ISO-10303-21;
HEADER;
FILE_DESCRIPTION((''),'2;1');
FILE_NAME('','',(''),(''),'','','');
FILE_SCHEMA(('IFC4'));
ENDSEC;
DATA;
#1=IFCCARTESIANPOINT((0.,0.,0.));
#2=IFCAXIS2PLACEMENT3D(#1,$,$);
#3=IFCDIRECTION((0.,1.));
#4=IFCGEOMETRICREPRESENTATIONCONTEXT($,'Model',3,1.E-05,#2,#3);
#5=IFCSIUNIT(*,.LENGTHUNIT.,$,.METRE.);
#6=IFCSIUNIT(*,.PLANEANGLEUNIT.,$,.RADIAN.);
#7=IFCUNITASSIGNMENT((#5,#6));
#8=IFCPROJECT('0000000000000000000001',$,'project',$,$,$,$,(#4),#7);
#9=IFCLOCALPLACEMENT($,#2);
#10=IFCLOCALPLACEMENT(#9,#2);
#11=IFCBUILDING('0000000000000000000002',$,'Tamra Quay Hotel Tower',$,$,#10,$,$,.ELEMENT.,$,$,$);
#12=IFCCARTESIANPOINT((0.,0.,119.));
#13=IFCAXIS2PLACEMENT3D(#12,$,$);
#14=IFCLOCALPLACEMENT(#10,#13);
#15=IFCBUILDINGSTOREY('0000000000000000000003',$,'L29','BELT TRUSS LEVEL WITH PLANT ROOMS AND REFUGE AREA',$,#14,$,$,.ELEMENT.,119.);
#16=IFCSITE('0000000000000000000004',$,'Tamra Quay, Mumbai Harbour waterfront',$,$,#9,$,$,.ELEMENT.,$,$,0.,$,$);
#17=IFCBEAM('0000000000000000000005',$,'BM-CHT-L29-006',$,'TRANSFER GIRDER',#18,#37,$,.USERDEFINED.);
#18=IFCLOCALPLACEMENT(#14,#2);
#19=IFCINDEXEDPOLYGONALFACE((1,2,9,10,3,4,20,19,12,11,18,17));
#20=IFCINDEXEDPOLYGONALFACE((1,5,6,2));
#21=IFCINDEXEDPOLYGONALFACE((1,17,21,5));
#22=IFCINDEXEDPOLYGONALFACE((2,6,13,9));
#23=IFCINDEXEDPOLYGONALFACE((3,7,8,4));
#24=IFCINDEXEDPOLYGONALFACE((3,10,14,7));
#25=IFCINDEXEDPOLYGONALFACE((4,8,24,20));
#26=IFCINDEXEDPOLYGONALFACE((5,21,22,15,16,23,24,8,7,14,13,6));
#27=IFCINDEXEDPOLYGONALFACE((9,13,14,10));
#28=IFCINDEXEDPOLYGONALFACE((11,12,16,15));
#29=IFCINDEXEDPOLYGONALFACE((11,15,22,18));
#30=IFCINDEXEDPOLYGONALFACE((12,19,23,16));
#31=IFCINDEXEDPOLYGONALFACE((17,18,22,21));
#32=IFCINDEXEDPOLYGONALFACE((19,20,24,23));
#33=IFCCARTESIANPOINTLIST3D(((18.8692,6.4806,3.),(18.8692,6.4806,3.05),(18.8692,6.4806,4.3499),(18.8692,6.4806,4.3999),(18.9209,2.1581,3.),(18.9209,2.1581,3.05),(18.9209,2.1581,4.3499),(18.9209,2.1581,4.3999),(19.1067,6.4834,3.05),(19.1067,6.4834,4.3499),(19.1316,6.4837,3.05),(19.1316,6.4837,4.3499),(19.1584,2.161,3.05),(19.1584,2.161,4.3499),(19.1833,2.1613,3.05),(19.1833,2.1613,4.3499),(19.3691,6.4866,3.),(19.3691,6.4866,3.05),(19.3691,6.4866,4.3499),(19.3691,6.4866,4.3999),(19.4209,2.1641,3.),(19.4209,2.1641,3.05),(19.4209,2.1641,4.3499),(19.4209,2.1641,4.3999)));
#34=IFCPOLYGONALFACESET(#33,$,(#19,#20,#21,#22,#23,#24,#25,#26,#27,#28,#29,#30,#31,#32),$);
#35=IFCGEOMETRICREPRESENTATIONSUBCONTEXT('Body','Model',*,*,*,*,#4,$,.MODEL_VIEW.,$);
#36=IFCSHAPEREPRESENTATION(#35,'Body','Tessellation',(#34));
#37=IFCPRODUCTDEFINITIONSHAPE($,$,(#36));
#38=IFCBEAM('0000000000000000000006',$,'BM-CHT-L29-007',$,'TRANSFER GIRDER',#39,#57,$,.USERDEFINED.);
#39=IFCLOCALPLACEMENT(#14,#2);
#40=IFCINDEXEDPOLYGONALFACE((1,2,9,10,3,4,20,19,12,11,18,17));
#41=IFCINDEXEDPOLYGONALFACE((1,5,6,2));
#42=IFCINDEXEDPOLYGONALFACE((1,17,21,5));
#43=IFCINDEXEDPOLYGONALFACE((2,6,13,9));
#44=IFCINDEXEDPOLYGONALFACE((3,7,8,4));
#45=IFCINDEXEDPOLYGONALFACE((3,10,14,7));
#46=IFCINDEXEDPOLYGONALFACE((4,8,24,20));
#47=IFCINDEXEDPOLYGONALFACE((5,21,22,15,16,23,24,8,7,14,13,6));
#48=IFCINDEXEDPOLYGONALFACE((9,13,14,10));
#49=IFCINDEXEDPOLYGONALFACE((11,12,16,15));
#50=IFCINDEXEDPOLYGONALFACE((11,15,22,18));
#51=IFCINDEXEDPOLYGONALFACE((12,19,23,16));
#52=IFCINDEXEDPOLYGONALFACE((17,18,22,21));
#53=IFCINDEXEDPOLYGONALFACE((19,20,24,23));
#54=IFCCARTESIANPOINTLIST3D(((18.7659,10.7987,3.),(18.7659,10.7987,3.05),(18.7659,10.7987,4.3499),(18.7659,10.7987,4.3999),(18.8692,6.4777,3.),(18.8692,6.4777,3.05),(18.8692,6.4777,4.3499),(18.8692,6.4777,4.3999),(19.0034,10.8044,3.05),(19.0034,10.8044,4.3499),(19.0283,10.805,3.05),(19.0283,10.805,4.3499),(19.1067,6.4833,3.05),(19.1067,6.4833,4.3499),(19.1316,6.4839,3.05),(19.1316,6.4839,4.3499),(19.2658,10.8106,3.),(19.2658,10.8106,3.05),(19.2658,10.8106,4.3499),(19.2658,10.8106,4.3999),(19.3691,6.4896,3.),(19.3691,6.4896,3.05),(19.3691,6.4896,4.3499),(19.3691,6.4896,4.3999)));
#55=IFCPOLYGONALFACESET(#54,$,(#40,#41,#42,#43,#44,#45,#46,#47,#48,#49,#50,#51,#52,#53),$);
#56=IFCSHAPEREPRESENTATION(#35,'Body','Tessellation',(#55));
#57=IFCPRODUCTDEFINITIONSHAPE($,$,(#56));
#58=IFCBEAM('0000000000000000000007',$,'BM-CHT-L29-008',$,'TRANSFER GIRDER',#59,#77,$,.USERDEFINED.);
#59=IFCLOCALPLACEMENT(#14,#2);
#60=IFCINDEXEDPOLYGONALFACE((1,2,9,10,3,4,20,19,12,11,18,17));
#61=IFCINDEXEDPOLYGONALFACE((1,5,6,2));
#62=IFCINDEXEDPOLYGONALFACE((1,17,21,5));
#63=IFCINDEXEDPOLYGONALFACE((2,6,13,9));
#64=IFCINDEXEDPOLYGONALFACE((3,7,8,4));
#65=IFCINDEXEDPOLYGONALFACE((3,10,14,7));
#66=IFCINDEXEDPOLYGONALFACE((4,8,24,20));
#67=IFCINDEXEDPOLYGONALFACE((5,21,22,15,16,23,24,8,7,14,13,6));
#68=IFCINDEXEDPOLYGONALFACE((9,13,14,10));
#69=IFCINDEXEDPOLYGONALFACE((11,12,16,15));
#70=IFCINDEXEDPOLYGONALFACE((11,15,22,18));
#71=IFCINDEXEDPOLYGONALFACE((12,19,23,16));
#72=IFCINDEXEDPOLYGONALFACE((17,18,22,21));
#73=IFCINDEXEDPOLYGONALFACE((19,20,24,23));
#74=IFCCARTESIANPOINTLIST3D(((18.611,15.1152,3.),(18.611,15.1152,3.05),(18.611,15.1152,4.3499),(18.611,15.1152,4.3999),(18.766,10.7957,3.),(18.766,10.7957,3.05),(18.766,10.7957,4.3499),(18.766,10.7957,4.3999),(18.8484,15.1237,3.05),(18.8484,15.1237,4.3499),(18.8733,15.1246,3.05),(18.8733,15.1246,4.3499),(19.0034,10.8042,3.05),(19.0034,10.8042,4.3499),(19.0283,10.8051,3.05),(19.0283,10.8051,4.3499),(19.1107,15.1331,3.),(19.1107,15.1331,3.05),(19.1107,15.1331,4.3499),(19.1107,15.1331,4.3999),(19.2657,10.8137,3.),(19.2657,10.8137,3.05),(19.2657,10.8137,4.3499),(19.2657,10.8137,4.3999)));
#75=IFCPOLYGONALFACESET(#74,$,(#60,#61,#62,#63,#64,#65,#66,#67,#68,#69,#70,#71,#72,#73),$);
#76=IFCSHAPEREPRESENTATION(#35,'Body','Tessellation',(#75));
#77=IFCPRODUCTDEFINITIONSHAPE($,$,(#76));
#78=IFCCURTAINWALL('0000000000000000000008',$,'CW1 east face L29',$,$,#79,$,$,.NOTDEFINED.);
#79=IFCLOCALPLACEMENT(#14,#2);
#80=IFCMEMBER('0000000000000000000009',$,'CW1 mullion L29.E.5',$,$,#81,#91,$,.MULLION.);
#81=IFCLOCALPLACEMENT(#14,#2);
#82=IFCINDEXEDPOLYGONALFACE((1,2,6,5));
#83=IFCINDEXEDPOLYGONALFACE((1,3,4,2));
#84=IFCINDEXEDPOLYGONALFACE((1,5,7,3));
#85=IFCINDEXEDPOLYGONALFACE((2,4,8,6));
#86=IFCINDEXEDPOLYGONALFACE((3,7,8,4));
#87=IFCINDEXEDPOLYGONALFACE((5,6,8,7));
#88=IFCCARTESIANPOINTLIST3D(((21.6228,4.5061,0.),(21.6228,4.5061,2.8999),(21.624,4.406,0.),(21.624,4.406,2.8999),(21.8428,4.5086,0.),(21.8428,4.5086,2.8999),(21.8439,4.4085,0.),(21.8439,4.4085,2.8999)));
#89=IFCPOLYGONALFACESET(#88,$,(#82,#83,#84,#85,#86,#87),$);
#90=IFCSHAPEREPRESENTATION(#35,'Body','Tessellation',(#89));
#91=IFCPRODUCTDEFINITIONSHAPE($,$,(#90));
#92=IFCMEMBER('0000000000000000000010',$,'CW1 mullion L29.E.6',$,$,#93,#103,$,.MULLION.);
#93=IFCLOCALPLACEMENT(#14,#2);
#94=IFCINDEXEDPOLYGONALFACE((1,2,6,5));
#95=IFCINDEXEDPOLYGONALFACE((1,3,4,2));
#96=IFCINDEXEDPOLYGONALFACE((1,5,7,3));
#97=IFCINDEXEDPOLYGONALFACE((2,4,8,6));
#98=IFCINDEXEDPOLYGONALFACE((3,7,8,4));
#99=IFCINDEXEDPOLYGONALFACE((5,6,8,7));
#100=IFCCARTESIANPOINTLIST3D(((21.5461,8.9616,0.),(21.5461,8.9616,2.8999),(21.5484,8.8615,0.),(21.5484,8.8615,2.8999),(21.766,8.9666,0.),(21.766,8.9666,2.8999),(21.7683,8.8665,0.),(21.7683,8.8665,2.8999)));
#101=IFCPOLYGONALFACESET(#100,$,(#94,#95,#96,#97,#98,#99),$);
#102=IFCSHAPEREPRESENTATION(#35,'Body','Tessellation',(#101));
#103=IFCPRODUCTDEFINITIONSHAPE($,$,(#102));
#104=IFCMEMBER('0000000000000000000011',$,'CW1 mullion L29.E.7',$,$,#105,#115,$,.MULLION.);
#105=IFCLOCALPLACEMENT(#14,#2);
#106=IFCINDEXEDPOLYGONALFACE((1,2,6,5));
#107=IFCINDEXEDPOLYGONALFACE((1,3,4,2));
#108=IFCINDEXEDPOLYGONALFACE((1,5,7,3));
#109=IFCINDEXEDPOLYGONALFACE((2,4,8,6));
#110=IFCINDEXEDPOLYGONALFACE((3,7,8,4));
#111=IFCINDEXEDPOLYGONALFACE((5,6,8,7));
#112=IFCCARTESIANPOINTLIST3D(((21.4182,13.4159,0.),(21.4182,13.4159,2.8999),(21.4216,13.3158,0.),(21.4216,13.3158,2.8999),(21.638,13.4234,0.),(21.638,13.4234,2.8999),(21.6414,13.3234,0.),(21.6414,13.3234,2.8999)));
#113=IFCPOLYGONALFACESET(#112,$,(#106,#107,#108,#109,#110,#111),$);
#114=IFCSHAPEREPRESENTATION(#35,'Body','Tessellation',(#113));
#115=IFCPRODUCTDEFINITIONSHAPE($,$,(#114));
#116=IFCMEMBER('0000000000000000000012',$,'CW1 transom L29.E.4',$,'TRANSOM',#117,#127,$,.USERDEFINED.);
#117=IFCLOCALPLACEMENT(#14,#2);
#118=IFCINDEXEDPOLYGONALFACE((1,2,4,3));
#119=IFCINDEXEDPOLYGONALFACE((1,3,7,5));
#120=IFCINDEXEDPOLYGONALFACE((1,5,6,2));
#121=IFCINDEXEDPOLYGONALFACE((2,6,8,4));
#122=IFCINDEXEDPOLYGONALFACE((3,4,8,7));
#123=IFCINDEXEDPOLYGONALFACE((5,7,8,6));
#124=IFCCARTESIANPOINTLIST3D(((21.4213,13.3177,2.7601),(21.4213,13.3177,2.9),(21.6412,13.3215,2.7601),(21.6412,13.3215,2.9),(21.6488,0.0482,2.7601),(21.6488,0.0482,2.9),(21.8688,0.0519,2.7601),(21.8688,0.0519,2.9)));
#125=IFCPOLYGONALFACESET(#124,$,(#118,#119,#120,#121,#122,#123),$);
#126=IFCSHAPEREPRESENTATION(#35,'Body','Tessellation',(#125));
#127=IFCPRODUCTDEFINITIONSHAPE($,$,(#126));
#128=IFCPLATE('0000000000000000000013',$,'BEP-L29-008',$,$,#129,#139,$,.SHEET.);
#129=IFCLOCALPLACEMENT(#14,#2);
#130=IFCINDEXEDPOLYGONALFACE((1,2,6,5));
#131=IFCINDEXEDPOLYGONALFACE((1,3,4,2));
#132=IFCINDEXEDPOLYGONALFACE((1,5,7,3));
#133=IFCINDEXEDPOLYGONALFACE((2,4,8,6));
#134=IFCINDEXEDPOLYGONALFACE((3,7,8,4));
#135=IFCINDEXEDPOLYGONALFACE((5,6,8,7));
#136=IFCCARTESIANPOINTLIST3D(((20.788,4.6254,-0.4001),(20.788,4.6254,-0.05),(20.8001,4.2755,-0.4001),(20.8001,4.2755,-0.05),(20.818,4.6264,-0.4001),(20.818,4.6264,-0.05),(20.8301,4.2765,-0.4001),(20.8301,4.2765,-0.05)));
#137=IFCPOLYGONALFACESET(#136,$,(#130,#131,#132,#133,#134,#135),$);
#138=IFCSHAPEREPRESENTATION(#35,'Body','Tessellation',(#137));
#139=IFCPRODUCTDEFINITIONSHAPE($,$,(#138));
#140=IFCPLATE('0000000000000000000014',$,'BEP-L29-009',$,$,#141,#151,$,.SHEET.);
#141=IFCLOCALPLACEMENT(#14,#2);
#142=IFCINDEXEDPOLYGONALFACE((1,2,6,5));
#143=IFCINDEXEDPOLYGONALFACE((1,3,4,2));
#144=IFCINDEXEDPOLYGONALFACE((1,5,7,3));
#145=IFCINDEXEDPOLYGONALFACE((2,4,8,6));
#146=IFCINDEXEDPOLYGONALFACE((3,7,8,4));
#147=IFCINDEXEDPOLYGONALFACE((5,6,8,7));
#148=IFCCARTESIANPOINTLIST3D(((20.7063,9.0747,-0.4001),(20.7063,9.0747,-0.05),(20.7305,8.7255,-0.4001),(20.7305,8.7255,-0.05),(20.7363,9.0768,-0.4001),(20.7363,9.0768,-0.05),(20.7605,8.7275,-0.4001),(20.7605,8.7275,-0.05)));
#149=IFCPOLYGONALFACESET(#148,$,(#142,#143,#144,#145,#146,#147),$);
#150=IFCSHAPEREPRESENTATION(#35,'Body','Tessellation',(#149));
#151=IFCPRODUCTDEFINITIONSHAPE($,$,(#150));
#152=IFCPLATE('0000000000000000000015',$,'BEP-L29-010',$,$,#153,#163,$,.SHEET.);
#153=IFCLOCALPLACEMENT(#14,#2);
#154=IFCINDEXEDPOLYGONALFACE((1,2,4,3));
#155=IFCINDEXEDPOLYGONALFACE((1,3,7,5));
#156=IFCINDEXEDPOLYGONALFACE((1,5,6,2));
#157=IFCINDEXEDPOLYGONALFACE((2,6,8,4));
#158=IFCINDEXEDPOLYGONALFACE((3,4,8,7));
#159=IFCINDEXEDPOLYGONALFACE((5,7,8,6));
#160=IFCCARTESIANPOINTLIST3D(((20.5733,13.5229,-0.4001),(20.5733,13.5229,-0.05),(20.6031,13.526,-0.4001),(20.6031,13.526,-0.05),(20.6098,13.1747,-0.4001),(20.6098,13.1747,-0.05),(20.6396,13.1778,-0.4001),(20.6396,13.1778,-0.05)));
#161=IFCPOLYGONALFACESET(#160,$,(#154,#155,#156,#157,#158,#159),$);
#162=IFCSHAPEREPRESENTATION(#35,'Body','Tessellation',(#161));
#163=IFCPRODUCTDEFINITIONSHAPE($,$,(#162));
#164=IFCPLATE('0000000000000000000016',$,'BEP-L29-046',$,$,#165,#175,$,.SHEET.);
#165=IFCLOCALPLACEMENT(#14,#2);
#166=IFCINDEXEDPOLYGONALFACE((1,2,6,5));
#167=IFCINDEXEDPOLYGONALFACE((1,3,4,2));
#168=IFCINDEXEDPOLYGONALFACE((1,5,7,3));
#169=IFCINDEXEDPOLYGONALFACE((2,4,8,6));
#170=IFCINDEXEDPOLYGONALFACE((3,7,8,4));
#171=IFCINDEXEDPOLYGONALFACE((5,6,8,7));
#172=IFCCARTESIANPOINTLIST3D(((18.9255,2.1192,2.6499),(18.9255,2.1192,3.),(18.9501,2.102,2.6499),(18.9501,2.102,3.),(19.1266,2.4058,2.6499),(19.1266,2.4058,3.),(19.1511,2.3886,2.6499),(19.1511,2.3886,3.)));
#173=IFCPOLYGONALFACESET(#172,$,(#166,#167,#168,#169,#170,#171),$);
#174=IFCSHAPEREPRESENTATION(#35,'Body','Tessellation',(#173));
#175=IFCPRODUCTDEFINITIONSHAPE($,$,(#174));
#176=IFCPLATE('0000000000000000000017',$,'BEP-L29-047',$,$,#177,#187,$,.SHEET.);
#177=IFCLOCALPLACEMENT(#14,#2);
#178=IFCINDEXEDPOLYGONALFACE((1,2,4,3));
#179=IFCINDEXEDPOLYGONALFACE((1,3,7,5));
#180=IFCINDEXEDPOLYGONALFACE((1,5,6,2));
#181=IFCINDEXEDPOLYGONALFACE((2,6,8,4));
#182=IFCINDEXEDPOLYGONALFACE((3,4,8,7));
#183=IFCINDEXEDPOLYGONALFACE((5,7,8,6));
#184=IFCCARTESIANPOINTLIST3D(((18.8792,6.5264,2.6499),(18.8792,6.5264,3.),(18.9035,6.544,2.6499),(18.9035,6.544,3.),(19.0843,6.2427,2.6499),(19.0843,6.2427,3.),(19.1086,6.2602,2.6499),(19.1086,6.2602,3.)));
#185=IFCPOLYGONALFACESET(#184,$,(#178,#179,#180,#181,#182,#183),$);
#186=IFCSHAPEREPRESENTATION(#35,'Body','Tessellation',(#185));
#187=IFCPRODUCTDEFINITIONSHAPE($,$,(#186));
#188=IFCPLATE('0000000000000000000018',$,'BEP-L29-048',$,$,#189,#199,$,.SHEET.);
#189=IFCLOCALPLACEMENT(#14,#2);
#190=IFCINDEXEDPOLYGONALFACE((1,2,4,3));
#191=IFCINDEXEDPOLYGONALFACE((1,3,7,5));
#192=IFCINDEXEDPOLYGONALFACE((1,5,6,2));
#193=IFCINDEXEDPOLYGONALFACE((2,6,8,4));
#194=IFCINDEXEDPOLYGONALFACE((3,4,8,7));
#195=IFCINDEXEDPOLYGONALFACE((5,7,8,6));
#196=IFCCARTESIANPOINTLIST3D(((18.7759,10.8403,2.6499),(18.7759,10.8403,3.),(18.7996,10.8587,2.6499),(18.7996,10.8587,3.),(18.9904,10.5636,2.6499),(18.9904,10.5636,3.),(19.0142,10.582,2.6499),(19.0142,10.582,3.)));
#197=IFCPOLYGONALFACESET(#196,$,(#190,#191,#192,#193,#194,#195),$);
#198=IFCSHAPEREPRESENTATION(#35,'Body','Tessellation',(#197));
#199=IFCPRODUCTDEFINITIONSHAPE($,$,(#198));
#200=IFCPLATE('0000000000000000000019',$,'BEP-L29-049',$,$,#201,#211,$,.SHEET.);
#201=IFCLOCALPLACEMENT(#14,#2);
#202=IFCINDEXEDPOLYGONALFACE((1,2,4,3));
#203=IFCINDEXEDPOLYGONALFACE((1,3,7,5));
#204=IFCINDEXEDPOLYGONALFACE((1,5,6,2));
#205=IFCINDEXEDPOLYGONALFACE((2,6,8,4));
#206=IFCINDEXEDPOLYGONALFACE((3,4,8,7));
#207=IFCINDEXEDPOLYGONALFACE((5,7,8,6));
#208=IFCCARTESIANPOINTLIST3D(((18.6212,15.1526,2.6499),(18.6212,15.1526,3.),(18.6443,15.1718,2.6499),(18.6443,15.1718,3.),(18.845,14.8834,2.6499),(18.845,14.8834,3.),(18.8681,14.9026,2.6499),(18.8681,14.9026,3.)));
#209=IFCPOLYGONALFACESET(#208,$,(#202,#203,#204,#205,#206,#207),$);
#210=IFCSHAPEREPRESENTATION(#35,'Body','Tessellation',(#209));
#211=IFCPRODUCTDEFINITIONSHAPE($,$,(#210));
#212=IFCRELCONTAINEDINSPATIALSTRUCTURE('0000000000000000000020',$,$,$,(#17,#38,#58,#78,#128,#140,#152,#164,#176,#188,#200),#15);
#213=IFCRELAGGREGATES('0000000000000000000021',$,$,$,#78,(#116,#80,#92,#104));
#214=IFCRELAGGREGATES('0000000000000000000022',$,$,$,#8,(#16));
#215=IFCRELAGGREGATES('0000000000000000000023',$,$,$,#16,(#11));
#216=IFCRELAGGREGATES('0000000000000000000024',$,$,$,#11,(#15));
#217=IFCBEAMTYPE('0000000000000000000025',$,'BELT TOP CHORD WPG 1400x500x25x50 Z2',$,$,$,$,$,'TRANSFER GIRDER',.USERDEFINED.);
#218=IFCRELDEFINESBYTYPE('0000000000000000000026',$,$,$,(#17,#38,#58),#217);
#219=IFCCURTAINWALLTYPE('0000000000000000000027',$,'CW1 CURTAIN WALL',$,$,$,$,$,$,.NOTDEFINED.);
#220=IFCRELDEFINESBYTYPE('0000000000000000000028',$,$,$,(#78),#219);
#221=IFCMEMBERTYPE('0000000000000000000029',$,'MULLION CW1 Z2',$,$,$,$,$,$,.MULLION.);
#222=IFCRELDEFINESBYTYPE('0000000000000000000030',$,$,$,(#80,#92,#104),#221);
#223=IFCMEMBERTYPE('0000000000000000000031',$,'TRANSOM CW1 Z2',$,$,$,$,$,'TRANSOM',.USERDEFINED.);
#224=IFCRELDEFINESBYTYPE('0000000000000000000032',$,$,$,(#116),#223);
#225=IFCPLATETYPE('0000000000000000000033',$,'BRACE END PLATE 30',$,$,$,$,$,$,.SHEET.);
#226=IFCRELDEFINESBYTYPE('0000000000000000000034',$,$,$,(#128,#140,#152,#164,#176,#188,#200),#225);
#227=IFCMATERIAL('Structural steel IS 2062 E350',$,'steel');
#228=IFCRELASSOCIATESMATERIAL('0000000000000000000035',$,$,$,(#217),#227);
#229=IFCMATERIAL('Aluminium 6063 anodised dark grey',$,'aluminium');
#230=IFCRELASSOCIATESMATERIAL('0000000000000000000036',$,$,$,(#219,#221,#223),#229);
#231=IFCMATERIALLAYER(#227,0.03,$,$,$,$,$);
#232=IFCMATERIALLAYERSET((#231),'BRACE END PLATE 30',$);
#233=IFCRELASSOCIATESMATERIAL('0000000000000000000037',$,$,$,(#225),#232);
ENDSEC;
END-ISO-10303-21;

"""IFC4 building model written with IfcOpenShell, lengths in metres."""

from ifc_helpers import new_model, si_unit, direction, frame, origin, origin_2d, place, context, subcontext, project, spatial, rectangle, i_section, extrude, material, layer, layer_set, material_profile, profile_set, type_object, element, aggregate, save


model = new_model("IFC4")

# Units and contexts
model_context = context("Model", 3, precision=1e-05, world=origin(), true_north=direction((0.0, 1.0)))
body_context = subcontext(model_context, "Body", "Model", "MODEL_VIEW")
ifc_project = project(units=[si_unit("LENGTHUNIT", "METRE"), si_unit("PLANEANGLEUNIT", "RADIAN")], contexts=[model_context])

# Site, building, storey
site_placement = place(None, origin())
site = spatial("IfcSite", under=ifc_project, at=site_placement, Name="Tamra Quay, Mumbai Harbour waterfront", CompositionType="ELEMENT", RefElevation=0.0)
building_placement = place(site_placement, origin())
building = spatial("IfcBuilding", under=site, at=building_placement, Name="Tamra Quay Hotel Tower", CompositionType="ELEMENT")
storey_placement = place(building_placement, frame((0.0, 0.0, 119.0)))
storey = spatial("IfcBuildingStorey", under=building, at=storey_placement, Name="L29", Description="BELT TRUSS LEVEL WITH PLANT ROOMS AND REFUGE AREA", CompositionType="ELEMENT", Elevation=119.0)

# Shared definitions
ifc_material_1 = material(Name="Structural steel IS 2062 E350", Category="steel")

# Beams
ifc_material_profile_1 = material_profile(ifc_material_1, i_section(OverallWidth=0.5, OverallDepth=1.3999, WebThickness=0.0249, FlangeThickness=0.05, at=origin_2d()), Name="WPG 1400x500x25x50")
ifc_profile_set_1 = profile_set([ifc_material_profile_1], Name="Structural steel IS 2062 E350")
beam_type_1 = type_object("IfcBeamType", Name="BELT TOP CHORD WPG 1400x500x25x50 Z2", ElementType="TRANSFER GIRDER", PredefinedType="USERDEFINED", material=ifc_profile_set_1)
beam_1_placement = place(storey_placement, frame((19.1709, 2.1611, 3.7), z_axis=(-0.011973, 0.999928, 0.0), x_axis=(-0.999928, -0.011973, 0.0)))
element("IfcBeam", 1, at=beam_1_placement, inside=storey, type_object=beam_type_1, Name="BM-CHT-L29-006", ObjectType="TRANSFER GIRDER", PredefinedType="USERDEFINED", context=body_context, shape_type="SweptSolid", body=[
    extrude(i_section(OverallWidth=0.5, OverallDepth=1.3999, WebThickness=0.0249, FlangeThickness=0.05, at=origin_2d()), origin(), (0.0, 0.0, 1.0), 4.3228),
])
for number, where, z_axis, x_axis, name in (
    (2, (19.1191, 6.4836, 3.7), (-0.023893, 0.999715, 0.0), (-0.999715, -0.023893, 0.0), "BM-CHT-L29-007"),
    (3, (19.0159, 10.8047, 3.7), (-0.035867, 0.999357, 0.0), (-0.999357, -0.035867, 0.0), "BM-CHT-L29-008"),
):
    element("IfcBeam", number, at=place(storey_placement, frame(where, z_axis=z_axis, x_axis=x_axis)), inside=storey, type_object=beam_type_1, Name=name, ObjectType="TRANSFER GIRDER", PredefinedType="USERDEFINED", context=body_context, shape_type="SweptSolid", body=[
        extrude(i_section(OverallWidth=0.5, OverallDepth=1.3999, WebThickness=0.0249, FlangeThickness=0.05, at=origin_2d()), origin(), (0.0, 0.0, 1.0), 4.3223),
    ])

# Curtain wall, members
ifc_material_2 = material(Name="Aluminium 6063 anodised dark grey", Category="aluminium")
curtain_wall_type = type_object("IfcCurtainWallType", Name="CW1 CURTAIN WALL", PredefinedType="NOTDEFINED", material=ifc_material_2)
curtain_wall_placement = place(storey_placement, origin())
curtain_wall = element("IfcCurtainWall", 4, at=curtain_wall_placement, inside=storey, type_object=curtain_wall_type, Name="CW1 east face L29", PredefinedType="NOTDEFINED")
ifc_material_profile_2 = material_profile(ifc_material_2, rectangle(XDim=0.22, YDim=0.1001, at=origin_2d()), Name="MULLION 100X220")
ifc_profile_set_2 = profile_set([ifc_material_profile_2], Name="Aluminium 6063 anodised dark grey")
member_type_1 = type_object("IfcMemberType", Name="MULLION CW1 Z2", PredefinedType="MULLION", material=ifc_profile_set_2)
member_1_placement = place(storey_placement, frame((21.7334, 4.4573, 0.0), z_axis=(0.0, 0.0, 1.0), x_axis=(0.999935, 0.011423, 0.0)))
member_1 = element("IfcMember", 5, at=member_1_placement, type_object=member_type_1, Name="CW1 mullion L29.E.5", PredefinedType="MULLION", context=body_context, shape_type="SweptSolid", body=[
    extrude(rectangle(XDim=0.22, YDim=0.1001, at=origin_2d()), origin(), (0.0, 0.0, 1.0), 2.8999),
])
member_2_placement = place(storey_placement, frame((21.6572, 8.9141, 0.0), z_axis=(0.0, 0.0, 1.0), x_axis=(0.999739, 0.02284, 0.0)))
member_2 = element("IfcMember", 6, at=member_2_placement, type_object=member_type_1, Name="CW1 mullion L29.E.6", PredefinedType="MULLION", context=body_context, shape_type="SweptSolid", body=[
    extrude(rectangle(XDim=0.22, YDim=0.1001, at=origin_2d()), origin(), (0.0, 0.0, 1.0), 2.8999),
])
member_3_placement = place(storey_placement, frame((21.5298, 13.3696, 0.0), z_axis=(0.0, 0.0, 1.0), x_axis=(0.999413, 0.034245, 0.0)))
member_3 = element("IfcMember", 7, at=member_3_placement, type_object=member_type_1, Name="CW1 mullion L29.E.7", PredefinedType="MULLION", context=body_context, shape_type="SweptSolid", body=[
    extrude(rectangle(XDim=0.22, YDim=0.1001, at=origin_2d()), origin(), (0.0, 0.0, 1.0), 2.8999),
])
ifc_material_profile_3 = material_profile(ifc_material_2, rectangle(XDim=0.22, YDim=0.1399, at=origin_2d()), Name="TRANSOM 220X140")
ifc_profile_set_3 = profile_set([ifc_material_profile_3], Name="Aluminium 6063 anodised dark grey")
member_type_2 = type_object("IfcMemberType", Name="TRANSOM CW1 Z2", ElementType="TRANSOM", PredefinedType="USERDEFINED", material=ifc_profile_set_3)
member_4_placement = place(storey_placement, frame((21.7588, 0.05, 2.8301), z_axis=(-0.017145, 0.999853, 0.0), x_axis=(-0.999853, -0.017145, 0.0)))
member_4 = element("IfcMember", 8, at=member_4_placement, type_object=member_type_2, Name="CW1 transom L29.E.4", ObjectType="TRANSOM", PredefinedType="USERDEFINED", context=body_context, shape_type="SweptSolid", body=[
    extrude(rectangle(XDim=0.22, YDim=0.1399, at=origin_2d()), origin(), (0.0, 0.0, 1.0), 13.2715),
])

# Plates
ifc_layer_1 = layer(ifc_material_1, 0.03)
ifc_layer_set_1 = layer_set([ifc_layer_1], Name="BRACE END PLATE 30")
plate_type_1 = type_object("IfcPlateType", Name="BRACE END PLATE 30", PredefinedType="SHEET", material=ifc_layer_set_1)
for number, where, z_axis, x_axis, name in (
    (9, (20.8091, 4.4509, -0.4001), (0.0, 0.0, 1.0), (0.999402, 0.034575, 0.0), "BEP-L29-008"),
    (10, (20.7334, 8.9011, -0.4001), (0.0, 0.0, 1.0), (0.997599, 0.069253, 0.0), "BEP-L29-009"),
    (11, (20.6064, 13.3503, -0.4001), (0.0, 0.0, 1.0), (0.994551, 0.104251, 0.0), "BEP-L29-010"),
    (12, (19.0383, 2.2539, 2.6499), (0.0, 0.0, 1.0), (-0.818696, 0.574227, 0.0), "BEP-L29-046"),
    (13, (18.9939, 6.3933, 2.6499), (0.0, 0.0, 1.0), (0.810421, 0.585848, 0.0), "BEP-L29-047"),
    (14, (18.895, 10.7112, 2.6499), (0.0, 0.0, 1.0), (0.790258, 0.612775, 0.0), "BEP-L29-048"),
    (15, (18.7446, 15.0276, 2.6499), (0.0, 0.0, 1.0), (0.768927, 0.639337, 0.0), "BEP-L29-049"),
):
    element("IfcPlate", number, at=place(storey_placement, frame(where, z_axis=z_axis, x_axis=x_axis)), inside=storey, type_object=plate_type_1, Name=name, PredefinedType="SHEET", context=body_context, shape_type="SweptSolid", body=[
        extrude(rectangle(XDim=0.03, YDim=0.3501, at=origin_2d()), origin(), (0.0, 0.0, 1.0), 0.3501),
    ])

aggregate(curtain_wall, [member_4, member_1, member_2, member_3])

save(model, "model.ifc")
